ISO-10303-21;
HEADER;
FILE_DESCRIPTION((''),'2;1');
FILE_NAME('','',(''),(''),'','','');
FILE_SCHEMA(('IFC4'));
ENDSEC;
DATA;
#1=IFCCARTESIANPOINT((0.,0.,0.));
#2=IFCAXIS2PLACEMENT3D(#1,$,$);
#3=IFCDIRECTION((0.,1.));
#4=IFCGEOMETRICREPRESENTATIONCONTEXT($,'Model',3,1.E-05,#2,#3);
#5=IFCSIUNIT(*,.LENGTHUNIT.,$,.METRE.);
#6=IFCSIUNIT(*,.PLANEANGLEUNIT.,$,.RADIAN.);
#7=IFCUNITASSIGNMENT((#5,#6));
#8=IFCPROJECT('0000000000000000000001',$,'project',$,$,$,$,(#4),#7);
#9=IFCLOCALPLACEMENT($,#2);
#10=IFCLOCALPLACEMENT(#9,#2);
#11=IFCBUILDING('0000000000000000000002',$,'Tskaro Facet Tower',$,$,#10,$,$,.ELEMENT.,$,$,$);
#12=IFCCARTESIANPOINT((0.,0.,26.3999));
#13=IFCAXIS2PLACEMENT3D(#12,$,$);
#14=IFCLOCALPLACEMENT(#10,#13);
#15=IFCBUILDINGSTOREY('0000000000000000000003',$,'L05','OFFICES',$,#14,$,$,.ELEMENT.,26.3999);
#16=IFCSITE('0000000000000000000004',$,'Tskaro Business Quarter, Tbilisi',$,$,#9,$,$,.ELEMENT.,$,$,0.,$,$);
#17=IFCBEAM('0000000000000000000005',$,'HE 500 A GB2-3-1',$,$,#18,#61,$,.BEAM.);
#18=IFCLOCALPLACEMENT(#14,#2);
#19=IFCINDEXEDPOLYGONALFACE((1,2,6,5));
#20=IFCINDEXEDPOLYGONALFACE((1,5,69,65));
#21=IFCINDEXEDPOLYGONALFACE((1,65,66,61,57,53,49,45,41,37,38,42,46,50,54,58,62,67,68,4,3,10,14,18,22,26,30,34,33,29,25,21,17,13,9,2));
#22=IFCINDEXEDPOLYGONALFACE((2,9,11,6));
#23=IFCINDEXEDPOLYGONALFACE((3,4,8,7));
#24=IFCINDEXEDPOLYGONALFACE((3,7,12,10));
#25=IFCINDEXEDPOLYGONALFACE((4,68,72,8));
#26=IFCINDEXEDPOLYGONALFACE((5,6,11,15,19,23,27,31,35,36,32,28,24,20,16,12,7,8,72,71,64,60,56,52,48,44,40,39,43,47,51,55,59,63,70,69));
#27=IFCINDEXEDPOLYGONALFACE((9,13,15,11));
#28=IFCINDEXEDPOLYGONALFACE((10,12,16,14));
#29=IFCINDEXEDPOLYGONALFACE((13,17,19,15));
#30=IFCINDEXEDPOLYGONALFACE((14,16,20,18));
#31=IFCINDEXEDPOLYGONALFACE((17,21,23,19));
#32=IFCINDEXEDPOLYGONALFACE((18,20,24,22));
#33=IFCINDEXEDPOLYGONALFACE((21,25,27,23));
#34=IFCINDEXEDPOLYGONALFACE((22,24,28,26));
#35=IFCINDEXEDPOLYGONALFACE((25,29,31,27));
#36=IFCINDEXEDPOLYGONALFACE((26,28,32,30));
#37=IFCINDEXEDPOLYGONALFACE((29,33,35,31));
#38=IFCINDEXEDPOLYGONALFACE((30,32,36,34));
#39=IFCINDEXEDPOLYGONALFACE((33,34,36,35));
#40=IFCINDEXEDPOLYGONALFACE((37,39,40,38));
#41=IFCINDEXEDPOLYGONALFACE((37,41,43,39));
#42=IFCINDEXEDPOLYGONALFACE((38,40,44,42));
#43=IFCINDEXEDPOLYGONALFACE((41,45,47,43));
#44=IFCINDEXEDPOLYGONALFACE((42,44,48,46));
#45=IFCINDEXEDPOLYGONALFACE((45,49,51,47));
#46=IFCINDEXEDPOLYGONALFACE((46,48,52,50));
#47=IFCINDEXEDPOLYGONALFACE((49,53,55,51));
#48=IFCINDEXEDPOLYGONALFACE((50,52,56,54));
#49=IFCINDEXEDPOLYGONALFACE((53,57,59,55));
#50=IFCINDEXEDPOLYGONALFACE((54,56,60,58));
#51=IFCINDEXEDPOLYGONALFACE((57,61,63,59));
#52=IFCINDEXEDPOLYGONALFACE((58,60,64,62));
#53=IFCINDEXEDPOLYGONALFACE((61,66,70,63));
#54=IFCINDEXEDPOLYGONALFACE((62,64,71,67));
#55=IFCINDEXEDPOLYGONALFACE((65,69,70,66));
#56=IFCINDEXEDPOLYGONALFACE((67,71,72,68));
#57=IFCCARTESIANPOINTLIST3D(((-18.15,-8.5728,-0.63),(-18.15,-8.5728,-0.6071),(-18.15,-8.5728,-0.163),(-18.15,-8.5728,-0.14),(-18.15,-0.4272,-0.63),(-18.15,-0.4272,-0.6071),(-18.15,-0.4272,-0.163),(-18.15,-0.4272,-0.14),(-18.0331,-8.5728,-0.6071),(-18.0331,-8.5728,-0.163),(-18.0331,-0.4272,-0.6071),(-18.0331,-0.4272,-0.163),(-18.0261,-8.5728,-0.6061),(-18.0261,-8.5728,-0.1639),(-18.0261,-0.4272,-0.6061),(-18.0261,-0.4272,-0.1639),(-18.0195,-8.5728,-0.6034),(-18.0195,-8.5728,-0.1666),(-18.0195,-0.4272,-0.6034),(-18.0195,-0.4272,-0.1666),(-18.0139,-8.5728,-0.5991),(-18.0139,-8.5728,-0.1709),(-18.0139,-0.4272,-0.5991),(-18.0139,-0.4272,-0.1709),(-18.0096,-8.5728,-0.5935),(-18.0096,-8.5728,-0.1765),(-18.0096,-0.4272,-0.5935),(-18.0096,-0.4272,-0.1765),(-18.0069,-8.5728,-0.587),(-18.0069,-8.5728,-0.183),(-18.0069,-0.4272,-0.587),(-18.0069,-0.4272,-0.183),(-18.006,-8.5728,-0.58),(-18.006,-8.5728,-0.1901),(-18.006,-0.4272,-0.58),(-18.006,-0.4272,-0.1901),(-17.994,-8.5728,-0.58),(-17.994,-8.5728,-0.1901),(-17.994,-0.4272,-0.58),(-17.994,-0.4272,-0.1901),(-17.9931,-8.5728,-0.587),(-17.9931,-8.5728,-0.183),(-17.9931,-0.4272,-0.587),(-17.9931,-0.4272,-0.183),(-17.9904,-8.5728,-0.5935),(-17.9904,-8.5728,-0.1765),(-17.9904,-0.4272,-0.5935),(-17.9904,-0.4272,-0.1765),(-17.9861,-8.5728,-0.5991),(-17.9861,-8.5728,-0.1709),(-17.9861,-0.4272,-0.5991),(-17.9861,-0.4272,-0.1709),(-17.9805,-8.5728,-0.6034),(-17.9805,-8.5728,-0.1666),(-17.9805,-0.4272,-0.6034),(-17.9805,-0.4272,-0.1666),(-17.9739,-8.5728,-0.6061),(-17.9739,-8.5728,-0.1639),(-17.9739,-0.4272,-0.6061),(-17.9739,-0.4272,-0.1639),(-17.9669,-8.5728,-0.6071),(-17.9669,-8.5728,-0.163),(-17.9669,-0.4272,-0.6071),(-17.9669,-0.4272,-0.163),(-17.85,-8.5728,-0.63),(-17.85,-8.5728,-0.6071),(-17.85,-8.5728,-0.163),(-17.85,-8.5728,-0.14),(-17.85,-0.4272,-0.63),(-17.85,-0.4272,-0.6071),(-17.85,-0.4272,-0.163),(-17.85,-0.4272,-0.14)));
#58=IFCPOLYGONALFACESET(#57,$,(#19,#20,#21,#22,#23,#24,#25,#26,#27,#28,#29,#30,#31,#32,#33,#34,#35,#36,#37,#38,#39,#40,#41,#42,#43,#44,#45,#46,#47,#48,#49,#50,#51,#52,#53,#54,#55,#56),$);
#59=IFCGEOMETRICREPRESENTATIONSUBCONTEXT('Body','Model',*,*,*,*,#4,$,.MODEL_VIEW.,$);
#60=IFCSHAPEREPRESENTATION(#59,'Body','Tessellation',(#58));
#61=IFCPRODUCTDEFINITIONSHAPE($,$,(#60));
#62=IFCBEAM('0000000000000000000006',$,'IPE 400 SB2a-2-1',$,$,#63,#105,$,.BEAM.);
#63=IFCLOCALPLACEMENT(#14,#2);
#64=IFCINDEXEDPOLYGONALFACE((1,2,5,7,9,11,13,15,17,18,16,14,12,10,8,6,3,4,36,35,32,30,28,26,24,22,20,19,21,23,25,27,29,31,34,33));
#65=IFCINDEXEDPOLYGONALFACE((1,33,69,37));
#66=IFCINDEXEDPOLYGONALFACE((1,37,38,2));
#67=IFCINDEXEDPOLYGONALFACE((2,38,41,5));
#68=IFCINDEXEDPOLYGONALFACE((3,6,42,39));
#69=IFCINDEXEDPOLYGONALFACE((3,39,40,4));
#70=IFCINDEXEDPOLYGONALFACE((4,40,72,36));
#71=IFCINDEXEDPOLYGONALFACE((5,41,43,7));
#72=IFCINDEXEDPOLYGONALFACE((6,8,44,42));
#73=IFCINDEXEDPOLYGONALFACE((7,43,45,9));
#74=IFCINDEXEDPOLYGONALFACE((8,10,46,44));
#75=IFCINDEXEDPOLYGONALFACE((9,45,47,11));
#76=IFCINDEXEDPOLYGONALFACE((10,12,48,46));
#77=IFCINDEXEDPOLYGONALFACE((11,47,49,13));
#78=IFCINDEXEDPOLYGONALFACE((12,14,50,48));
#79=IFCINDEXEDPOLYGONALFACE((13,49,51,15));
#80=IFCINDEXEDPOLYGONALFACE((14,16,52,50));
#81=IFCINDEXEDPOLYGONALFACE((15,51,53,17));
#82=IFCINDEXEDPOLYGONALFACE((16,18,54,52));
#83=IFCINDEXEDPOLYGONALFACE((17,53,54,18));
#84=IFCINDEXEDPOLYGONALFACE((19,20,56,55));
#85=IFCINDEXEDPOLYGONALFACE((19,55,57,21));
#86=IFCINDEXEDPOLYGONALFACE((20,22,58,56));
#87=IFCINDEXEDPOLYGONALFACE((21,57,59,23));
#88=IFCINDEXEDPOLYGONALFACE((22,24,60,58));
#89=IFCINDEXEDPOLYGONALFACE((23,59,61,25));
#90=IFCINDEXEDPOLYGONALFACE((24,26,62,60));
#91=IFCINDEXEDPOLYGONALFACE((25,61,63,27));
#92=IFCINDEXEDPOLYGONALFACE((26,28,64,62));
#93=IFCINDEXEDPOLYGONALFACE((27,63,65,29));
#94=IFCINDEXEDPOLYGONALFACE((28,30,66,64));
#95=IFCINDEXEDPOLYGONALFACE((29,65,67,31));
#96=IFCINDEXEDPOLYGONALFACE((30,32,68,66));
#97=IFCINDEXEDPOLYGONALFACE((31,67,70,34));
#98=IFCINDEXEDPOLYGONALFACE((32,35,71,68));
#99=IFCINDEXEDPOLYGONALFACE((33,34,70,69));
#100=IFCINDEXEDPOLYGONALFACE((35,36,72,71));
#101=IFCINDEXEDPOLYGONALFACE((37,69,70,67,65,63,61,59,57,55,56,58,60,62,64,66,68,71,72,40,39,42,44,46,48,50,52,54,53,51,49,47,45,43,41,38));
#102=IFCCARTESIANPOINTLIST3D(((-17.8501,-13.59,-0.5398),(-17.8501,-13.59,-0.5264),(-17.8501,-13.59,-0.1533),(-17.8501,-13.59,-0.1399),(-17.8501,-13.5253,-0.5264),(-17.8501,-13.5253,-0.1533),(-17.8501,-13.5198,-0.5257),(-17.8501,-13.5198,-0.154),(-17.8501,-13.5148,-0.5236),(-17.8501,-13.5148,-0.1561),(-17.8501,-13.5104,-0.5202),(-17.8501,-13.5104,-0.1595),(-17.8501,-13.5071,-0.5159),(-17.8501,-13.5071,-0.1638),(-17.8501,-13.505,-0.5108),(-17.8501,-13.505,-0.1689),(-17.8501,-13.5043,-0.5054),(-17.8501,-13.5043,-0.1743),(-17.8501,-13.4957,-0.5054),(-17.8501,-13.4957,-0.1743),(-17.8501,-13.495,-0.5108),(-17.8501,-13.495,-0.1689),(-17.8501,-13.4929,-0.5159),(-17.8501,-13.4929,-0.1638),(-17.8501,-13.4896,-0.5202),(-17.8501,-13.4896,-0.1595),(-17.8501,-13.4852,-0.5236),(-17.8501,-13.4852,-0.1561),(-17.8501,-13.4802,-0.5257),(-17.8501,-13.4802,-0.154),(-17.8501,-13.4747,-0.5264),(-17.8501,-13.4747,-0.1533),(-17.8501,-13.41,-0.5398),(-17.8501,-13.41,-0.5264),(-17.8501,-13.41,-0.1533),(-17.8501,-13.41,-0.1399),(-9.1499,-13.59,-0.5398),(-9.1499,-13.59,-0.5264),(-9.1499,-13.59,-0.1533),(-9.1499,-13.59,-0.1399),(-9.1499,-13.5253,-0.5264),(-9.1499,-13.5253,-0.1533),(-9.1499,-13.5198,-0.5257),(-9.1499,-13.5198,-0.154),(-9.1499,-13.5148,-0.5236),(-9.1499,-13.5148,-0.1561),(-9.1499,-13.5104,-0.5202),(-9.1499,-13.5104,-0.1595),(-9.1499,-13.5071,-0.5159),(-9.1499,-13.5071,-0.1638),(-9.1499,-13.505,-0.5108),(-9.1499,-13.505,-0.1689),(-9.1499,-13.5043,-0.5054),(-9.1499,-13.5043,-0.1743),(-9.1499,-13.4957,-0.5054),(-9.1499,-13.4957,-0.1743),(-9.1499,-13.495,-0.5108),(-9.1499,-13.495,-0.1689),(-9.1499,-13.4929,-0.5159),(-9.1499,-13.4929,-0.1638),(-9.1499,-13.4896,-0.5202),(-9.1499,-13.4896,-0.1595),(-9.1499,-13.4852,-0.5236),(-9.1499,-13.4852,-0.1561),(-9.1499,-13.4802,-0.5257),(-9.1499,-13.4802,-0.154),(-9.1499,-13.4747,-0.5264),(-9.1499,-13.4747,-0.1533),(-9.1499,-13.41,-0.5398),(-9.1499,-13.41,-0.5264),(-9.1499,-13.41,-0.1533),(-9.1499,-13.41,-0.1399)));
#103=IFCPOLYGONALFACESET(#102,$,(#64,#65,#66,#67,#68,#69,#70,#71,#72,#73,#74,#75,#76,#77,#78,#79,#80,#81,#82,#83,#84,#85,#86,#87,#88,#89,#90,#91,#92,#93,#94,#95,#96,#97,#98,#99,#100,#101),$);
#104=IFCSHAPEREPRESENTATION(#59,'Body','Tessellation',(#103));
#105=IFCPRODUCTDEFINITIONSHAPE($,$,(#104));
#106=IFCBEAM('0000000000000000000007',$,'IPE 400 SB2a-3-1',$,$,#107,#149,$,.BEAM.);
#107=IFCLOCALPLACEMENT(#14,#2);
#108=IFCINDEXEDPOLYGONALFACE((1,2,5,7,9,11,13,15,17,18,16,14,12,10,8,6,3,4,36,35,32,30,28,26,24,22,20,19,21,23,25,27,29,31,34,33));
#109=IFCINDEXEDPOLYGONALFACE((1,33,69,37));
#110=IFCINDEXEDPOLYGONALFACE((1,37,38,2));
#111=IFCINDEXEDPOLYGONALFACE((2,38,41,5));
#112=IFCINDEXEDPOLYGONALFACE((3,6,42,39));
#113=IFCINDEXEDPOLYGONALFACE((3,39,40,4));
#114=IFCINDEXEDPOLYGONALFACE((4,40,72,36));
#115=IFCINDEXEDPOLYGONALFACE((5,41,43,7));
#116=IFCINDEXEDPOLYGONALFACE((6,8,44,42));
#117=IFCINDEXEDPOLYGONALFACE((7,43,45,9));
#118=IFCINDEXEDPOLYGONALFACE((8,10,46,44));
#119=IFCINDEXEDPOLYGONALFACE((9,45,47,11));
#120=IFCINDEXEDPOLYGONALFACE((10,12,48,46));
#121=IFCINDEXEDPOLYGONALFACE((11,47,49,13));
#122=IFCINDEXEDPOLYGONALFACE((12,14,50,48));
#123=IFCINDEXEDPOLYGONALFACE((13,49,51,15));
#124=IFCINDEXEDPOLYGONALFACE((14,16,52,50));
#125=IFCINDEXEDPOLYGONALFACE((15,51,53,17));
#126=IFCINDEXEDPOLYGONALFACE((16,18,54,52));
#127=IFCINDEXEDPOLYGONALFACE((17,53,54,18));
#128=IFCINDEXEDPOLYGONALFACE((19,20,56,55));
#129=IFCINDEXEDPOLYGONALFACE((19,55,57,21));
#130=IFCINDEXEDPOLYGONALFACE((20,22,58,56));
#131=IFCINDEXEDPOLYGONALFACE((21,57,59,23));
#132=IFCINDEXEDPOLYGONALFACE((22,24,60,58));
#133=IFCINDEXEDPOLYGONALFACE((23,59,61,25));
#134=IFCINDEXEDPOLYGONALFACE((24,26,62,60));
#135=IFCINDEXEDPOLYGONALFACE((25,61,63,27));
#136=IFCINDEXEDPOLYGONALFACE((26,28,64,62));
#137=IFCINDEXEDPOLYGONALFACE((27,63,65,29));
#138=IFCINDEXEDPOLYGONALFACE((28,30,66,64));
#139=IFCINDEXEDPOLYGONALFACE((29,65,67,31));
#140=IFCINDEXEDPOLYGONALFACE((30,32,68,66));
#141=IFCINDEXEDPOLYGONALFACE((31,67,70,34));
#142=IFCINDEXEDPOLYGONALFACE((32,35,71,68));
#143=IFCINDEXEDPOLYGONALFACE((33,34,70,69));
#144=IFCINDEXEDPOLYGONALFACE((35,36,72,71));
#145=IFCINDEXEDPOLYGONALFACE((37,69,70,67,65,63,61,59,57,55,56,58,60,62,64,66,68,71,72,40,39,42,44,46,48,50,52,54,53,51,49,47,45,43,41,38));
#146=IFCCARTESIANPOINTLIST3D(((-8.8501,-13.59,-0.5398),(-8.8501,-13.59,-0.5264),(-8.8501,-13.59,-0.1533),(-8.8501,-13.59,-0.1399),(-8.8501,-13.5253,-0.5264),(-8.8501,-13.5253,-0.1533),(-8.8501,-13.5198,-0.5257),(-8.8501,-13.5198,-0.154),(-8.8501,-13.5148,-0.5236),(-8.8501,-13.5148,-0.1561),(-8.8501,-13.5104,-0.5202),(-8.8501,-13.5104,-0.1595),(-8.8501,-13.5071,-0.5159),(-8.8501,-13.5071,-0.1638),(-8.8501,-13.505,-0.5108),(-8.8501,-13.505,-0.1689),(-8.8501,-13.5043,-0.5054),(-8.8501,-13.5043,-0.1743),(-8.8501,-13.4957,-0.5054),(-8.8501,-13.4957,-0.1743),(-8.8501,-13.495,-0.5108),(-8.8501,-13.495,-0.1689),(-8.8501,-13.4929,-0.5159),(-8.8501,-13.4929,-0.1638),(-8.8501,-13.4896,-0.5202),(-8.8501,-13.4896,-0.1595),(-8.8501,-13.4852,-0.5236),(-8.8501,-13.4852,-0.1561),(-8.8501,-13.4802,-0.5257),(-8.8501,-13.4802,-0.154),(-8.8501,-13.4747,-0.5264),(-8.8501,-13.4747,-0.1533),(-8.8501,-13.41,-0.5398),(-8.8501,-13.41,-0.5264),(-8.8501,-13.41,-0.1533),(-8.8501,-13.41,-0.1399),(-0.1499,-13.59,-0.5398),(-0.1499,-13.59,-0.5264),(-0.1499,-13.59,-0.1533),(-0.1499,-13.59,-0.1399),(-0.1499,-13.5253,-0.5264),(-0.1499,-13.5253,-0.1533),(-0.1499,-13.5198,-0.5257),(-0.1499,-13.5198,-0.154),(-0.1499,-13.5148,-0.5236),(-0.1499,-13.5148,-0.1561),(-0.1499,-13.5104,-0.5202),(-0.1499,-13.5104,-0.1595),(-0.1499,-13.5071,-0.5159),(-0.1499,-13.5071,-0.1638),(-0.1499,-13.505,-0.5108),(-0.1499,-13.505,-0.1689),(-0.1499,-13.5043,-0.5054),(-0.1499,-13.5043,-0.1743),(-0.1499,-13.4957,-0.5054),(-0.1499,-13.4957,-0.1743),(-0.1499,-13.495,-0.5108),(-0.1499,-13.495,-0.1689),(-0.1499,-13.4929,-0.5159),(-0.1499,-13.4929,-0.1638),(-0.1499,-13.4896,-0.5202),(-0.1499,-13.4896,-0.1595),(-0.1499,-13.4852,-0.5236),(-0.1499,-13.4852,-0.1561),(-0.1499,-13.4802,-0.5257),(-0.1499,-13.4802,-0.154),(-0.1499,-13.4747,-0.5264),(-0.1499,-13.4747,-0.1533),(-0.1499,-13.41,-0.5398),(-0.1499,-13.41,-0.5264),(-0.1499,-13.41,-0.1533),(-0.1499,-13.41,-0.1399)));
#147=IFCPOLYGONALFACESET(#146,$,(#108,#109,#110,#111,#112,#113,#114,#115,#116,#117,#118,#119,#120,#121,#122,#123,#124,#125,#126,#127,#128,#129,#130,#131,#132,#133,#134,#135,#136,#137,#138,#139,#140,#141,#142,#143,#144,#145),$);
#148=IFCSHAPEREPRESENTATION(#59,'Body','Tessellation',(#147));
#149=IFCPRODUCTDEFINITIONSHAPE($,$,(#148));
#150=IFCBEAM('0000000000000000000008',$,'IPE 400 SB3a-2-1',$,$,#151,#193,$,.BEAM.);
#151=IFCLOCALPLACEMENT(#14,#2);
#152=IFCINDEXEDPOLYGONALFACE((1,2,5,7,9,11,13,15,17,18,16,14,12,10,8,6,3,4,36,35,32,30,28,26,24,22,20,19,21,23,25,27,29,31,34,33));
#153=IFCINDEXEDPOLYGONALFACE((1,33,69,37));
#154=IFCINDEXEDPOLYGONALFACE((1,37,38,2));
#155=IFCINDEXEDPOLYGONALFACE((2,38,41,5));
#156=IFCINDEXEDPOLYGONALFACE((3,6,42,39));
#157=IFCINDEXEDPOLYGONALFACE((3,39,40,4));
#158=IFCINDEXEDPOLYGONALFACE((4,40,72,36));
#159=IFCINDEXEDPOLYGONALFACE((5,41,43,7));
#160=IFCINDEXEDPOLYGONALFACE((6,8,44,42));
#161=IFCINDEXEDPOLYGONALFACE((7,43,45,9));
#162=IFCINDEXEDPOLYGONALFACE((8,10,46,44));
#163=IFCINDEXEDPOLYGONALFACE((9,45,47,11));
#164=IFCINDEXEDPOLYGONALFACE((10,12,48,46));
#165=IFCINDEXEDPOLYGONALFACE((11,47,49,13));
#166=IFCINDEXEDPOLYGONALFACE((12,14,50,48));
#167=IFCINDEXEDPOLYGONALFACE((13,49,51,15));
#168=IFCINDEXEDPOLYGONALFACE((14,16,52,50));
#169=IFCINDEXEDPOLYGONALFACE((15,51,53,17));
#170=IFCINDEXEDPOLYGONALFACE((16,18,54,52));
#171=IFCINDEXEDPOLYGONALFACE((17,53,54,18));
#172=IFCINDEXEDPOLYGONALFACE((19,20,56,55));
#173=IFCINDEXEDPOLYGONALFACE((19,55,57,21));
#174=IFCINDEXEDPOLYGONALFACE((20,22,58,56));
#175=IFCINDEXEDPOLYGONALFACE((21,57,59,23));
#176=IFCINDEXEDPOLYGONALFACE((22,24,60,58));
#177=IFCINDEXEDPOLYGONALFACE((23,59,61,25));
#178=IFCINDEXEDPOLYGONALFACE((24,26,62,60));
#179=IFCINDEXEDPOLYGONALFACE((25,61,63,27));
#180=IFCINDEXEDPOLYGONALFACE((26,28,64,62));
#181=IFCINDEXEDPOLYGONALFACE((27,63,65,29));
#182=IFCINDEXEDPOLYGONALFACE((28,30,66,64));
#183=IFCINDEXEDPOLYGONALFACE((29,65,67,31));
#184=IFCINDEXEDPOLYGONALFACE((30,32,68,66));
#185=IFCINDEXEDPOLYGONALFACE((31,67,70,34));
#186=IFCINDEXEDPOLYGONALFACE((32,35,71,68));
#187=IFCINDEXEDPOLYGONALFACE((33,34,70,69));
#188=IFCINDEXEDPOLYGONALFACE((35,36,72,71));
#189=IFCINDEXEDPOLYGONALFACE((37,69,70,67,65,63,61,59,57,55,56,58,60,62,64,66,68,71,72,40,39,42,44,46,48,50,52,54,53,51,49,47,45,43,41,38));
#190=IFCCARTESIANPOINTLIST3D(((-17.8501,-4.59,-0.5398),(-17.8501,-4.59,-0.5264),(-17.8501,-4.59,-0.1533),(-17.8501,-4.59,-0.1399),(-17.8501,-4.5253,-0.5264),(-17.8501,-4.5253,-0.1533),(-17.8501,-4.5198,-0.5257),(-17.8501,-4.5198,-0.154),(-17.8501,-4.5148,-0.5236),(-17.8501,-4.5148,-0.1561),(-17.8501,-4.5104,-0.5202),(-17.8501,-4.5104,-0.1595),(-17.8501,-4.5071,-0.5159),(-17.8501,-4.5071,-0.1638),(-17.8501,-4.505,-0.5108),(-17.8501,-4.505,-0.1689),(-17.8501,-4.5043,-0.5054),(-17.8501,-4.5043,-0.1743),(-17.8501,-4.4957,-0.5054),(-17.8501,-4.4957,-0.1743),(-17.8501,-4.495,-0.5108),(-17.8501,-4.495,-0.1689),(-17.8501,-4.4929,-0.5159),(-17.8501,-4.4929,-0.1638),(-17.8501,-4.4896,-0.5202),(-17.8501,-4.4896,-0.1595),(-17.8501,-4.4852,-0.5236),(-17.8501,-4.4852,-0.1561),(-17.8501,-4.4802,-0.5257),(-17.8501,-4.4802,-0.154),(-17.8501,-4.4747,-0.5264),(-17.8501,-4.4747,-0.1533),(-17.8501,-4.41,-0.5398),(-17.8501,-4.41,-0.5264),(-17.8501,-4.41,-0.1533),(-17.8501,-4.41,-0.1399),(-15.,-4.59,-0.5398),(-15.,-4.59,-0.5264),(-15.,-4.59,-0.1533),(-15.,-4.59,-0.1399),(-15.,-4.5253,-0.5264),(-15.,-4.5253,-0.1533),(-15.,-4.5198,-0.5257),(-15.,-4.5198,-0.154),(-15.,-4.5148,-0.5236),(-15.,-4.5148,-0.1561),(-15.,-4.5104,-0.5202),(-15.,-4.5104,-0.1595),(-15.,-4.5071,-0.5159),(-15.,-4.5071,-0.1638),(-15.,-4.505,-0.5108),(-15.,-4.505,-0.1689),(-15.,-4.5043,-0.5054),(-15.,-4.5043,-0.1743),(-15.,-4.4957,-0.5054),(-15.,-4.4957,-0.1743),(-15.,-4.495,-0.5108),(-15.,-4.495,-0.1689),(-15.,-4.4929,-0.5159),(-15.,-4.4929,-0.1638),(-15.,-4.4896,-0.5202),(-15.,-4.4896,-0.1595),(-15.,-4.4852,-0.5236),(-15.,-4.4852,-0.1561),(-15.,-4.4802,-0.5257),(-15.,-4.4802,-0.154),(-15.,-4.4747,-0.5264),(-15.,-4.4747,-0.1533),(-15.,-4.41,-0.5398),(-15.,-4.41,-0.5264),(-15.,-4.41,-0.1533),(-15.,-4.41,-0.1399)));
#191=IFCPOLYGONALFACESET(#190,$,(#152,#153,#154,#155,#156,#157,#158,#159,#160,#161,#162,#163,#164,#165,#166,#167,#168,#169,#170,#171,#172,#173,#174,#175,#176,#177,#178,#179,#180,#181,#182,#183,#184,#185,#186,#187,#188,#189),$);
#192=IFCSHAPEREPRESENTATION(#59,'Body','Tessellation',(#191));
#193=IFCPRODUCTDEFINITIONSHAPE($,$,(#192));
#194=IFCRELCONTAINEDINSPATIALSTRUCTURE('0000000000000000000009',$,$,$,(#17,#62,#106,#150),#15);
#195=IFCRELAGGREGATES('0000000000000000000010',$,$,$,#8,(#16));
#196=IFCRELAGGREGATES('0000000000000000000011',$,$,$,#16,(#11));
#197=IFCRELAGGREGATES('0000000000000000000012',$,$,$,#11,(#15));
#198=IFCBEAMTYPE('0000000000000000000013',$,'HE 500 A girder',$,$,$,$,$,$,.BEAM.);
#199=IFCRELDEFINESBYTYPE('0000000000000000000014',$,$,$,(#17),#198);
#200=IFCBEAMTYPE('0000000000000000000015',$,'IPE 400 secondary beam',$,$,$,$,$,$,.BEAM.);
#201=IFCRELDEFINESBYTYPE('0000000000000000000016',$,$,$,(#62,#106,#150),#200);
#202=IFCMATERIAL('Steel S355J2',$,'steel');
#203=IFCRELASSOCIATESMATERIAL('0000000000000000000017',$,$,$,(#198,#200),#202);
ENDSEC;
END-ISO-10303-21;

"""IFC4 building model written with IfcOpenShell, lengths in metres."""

from ifc_helpers import new_model, si_unit, direction, frame, origin, origin_2d, place, context, subcontext, project, spatial, i_section, extrude, material, material_profile, profile_set, type_object, element, save


model = new_model("IFC4")

# Units and contexts
model_context = context("Model", 3, precision=1e-05, world=origin(), true_north=direction((0.0, 1.0)))
body_context = subcontext(model_context, "Body", "Model", "MODEL_VIEW")
ifc_project = project(units=[si_unit("LENGTHUNIT", "METRE"), si_unit("PLANEANGLEUNIT", "RADIAN")], contexts=[model_context])

# Site, building, storey
site_placement = place(None, origin())
site = spatial("IfcSite", under=ifc_project, at=site_placement, Name="Tskaro Business Quarter, Tbilisi", CompositionType="ELEMENT", RefElevation=0.0)
building_placement = place(site_placement, origin())
building = spatial("IfcBuilding", under=site, at=building_placement, Name="Tskaro Facet Tower", CompositionType="ELEMENT")
storey_placement = place(building_placement, frame((0.0, 0.0, 26.3999)))
storey = spatial("IfcBuildingStorey", under=building, at=storey_placement, Name="L05", Description="OFFICES", CompositionType="ELEMENT", Elevation=26.3999)

# Beams
ifc_material_1 = material(Name="Steel S355J2", Category="steel")
ifc_material_profile_1 = material_profile(ifc_material_1, i_section(OverallWidth=0.3, OverallDepth=0.49, WebThickness=0.012, FlangeThickness=0.0229, FilletRadius=0.0271, at=origin_2d()), Name="HE 500 A")
ifc_profile_set_1 = profile_set([ifc_material_profile_1], Name="Steel S355J2")
beam_type_1 = type_object("IfcBeamType", Name="HE 500 A girder", PredefinedType="BEAM", material=ifc_profile_set_1)
beam_1_placement = place(storey_placement, frame((-18.0, -8.5728, -0.385), z_axis=(0.0, 1.0, 0.0), x_axis=(-1.0, 0.0, 0.0)))
element("IfcBeam", 1, at=beam_1_placement, inside=storey, type_object=beam_type_1, Name="HE 500 A GB2-3-1", PredefinedType="BEAM", context=body_context, shape_type="SweptSolid", body=[
    extrude(i_section(OverallWidth=0.3, OverallDepth=0.49, WebThickness=0.012, FlangeThickness=0.0229, FilletRadius=0.0271, at=origin_2d()), origin(), (0.0, 0.0, 1.0), 8.1455),
])
ifc_material_profile_2 = material_profile(ifc_material_1, i_section(OverallWidth=0.1799, OverallDepth=0.3999, WebThickness=0.0085, FlangeThickness=0.0134, FilletRadius=0.021, at=origin_2d()), Name="IPE 400")
ifc_profile_set_2 = profile_set([ifc_material_profile_2], Name="Steel S355J2")
beam_type_2 = type_object("IfcBeamType", Name="IPE 400 secondary beam", PredefinedType="BEAM", material=ifc_profile_set_2)
for number, where, z_axis, x_axis, name in (
    (2, (-17.8501, -13.5, -0.3398), (1.0, 0.0, 0.0), (0.0, 1.0, 0.0), "IPE 400 SB2a-2-1"),
    (3, (-8.8501, -13.5, -0.3398), (1.0, 0.0, 0.0), (0.0, 1.0, 0.0), "IPE 400 SB2a-3-1"),
):
    element("IfcBeam", number, at=place(storey_placement, frame(where, z_axis=z_axis, x_axis=x_axis)), inside=storey, type_object=beam_type_2, Name=name, PredefinedType="BEAM", context=body_context, shape_type="SweptSolid", body=[
        extrude(i_section(OverallWidth=0.1799, OverallDepth=0.3999, WebThickness=0.0085, FlangeThickness=0.0134, FilletRadius=0.021, at=origin_2d()), origin(), (0.0, 0.0, 1.0), 8.7002),
    ])
beam_2_placement = place(storey_placement, frame((-17.8501, -4.5, -0.3398), z_axis=(1.0, 0.0, 0.0), x_axis=(0.0, 1.0, 0.0)))
element("IfcBeam", 4, at=beam_2_placement, inside=storey, type_object=beam_type_2, Name="IPE 400 SB3a-2-1", PredefinedType="BEAM", context=body_context, shape_type="SweptSolid", body=[
    extrude(i_section(OverallWidth=0.1799, OverallDepth=0.3999, WebThickness=0.0085, FlangeThickness=0.0134, FilletRadius=0.021, at=origin_2d()), origin(), (0.0, 0.0, 1.0), 2.8501),
])

save(model, "model.ifc")
